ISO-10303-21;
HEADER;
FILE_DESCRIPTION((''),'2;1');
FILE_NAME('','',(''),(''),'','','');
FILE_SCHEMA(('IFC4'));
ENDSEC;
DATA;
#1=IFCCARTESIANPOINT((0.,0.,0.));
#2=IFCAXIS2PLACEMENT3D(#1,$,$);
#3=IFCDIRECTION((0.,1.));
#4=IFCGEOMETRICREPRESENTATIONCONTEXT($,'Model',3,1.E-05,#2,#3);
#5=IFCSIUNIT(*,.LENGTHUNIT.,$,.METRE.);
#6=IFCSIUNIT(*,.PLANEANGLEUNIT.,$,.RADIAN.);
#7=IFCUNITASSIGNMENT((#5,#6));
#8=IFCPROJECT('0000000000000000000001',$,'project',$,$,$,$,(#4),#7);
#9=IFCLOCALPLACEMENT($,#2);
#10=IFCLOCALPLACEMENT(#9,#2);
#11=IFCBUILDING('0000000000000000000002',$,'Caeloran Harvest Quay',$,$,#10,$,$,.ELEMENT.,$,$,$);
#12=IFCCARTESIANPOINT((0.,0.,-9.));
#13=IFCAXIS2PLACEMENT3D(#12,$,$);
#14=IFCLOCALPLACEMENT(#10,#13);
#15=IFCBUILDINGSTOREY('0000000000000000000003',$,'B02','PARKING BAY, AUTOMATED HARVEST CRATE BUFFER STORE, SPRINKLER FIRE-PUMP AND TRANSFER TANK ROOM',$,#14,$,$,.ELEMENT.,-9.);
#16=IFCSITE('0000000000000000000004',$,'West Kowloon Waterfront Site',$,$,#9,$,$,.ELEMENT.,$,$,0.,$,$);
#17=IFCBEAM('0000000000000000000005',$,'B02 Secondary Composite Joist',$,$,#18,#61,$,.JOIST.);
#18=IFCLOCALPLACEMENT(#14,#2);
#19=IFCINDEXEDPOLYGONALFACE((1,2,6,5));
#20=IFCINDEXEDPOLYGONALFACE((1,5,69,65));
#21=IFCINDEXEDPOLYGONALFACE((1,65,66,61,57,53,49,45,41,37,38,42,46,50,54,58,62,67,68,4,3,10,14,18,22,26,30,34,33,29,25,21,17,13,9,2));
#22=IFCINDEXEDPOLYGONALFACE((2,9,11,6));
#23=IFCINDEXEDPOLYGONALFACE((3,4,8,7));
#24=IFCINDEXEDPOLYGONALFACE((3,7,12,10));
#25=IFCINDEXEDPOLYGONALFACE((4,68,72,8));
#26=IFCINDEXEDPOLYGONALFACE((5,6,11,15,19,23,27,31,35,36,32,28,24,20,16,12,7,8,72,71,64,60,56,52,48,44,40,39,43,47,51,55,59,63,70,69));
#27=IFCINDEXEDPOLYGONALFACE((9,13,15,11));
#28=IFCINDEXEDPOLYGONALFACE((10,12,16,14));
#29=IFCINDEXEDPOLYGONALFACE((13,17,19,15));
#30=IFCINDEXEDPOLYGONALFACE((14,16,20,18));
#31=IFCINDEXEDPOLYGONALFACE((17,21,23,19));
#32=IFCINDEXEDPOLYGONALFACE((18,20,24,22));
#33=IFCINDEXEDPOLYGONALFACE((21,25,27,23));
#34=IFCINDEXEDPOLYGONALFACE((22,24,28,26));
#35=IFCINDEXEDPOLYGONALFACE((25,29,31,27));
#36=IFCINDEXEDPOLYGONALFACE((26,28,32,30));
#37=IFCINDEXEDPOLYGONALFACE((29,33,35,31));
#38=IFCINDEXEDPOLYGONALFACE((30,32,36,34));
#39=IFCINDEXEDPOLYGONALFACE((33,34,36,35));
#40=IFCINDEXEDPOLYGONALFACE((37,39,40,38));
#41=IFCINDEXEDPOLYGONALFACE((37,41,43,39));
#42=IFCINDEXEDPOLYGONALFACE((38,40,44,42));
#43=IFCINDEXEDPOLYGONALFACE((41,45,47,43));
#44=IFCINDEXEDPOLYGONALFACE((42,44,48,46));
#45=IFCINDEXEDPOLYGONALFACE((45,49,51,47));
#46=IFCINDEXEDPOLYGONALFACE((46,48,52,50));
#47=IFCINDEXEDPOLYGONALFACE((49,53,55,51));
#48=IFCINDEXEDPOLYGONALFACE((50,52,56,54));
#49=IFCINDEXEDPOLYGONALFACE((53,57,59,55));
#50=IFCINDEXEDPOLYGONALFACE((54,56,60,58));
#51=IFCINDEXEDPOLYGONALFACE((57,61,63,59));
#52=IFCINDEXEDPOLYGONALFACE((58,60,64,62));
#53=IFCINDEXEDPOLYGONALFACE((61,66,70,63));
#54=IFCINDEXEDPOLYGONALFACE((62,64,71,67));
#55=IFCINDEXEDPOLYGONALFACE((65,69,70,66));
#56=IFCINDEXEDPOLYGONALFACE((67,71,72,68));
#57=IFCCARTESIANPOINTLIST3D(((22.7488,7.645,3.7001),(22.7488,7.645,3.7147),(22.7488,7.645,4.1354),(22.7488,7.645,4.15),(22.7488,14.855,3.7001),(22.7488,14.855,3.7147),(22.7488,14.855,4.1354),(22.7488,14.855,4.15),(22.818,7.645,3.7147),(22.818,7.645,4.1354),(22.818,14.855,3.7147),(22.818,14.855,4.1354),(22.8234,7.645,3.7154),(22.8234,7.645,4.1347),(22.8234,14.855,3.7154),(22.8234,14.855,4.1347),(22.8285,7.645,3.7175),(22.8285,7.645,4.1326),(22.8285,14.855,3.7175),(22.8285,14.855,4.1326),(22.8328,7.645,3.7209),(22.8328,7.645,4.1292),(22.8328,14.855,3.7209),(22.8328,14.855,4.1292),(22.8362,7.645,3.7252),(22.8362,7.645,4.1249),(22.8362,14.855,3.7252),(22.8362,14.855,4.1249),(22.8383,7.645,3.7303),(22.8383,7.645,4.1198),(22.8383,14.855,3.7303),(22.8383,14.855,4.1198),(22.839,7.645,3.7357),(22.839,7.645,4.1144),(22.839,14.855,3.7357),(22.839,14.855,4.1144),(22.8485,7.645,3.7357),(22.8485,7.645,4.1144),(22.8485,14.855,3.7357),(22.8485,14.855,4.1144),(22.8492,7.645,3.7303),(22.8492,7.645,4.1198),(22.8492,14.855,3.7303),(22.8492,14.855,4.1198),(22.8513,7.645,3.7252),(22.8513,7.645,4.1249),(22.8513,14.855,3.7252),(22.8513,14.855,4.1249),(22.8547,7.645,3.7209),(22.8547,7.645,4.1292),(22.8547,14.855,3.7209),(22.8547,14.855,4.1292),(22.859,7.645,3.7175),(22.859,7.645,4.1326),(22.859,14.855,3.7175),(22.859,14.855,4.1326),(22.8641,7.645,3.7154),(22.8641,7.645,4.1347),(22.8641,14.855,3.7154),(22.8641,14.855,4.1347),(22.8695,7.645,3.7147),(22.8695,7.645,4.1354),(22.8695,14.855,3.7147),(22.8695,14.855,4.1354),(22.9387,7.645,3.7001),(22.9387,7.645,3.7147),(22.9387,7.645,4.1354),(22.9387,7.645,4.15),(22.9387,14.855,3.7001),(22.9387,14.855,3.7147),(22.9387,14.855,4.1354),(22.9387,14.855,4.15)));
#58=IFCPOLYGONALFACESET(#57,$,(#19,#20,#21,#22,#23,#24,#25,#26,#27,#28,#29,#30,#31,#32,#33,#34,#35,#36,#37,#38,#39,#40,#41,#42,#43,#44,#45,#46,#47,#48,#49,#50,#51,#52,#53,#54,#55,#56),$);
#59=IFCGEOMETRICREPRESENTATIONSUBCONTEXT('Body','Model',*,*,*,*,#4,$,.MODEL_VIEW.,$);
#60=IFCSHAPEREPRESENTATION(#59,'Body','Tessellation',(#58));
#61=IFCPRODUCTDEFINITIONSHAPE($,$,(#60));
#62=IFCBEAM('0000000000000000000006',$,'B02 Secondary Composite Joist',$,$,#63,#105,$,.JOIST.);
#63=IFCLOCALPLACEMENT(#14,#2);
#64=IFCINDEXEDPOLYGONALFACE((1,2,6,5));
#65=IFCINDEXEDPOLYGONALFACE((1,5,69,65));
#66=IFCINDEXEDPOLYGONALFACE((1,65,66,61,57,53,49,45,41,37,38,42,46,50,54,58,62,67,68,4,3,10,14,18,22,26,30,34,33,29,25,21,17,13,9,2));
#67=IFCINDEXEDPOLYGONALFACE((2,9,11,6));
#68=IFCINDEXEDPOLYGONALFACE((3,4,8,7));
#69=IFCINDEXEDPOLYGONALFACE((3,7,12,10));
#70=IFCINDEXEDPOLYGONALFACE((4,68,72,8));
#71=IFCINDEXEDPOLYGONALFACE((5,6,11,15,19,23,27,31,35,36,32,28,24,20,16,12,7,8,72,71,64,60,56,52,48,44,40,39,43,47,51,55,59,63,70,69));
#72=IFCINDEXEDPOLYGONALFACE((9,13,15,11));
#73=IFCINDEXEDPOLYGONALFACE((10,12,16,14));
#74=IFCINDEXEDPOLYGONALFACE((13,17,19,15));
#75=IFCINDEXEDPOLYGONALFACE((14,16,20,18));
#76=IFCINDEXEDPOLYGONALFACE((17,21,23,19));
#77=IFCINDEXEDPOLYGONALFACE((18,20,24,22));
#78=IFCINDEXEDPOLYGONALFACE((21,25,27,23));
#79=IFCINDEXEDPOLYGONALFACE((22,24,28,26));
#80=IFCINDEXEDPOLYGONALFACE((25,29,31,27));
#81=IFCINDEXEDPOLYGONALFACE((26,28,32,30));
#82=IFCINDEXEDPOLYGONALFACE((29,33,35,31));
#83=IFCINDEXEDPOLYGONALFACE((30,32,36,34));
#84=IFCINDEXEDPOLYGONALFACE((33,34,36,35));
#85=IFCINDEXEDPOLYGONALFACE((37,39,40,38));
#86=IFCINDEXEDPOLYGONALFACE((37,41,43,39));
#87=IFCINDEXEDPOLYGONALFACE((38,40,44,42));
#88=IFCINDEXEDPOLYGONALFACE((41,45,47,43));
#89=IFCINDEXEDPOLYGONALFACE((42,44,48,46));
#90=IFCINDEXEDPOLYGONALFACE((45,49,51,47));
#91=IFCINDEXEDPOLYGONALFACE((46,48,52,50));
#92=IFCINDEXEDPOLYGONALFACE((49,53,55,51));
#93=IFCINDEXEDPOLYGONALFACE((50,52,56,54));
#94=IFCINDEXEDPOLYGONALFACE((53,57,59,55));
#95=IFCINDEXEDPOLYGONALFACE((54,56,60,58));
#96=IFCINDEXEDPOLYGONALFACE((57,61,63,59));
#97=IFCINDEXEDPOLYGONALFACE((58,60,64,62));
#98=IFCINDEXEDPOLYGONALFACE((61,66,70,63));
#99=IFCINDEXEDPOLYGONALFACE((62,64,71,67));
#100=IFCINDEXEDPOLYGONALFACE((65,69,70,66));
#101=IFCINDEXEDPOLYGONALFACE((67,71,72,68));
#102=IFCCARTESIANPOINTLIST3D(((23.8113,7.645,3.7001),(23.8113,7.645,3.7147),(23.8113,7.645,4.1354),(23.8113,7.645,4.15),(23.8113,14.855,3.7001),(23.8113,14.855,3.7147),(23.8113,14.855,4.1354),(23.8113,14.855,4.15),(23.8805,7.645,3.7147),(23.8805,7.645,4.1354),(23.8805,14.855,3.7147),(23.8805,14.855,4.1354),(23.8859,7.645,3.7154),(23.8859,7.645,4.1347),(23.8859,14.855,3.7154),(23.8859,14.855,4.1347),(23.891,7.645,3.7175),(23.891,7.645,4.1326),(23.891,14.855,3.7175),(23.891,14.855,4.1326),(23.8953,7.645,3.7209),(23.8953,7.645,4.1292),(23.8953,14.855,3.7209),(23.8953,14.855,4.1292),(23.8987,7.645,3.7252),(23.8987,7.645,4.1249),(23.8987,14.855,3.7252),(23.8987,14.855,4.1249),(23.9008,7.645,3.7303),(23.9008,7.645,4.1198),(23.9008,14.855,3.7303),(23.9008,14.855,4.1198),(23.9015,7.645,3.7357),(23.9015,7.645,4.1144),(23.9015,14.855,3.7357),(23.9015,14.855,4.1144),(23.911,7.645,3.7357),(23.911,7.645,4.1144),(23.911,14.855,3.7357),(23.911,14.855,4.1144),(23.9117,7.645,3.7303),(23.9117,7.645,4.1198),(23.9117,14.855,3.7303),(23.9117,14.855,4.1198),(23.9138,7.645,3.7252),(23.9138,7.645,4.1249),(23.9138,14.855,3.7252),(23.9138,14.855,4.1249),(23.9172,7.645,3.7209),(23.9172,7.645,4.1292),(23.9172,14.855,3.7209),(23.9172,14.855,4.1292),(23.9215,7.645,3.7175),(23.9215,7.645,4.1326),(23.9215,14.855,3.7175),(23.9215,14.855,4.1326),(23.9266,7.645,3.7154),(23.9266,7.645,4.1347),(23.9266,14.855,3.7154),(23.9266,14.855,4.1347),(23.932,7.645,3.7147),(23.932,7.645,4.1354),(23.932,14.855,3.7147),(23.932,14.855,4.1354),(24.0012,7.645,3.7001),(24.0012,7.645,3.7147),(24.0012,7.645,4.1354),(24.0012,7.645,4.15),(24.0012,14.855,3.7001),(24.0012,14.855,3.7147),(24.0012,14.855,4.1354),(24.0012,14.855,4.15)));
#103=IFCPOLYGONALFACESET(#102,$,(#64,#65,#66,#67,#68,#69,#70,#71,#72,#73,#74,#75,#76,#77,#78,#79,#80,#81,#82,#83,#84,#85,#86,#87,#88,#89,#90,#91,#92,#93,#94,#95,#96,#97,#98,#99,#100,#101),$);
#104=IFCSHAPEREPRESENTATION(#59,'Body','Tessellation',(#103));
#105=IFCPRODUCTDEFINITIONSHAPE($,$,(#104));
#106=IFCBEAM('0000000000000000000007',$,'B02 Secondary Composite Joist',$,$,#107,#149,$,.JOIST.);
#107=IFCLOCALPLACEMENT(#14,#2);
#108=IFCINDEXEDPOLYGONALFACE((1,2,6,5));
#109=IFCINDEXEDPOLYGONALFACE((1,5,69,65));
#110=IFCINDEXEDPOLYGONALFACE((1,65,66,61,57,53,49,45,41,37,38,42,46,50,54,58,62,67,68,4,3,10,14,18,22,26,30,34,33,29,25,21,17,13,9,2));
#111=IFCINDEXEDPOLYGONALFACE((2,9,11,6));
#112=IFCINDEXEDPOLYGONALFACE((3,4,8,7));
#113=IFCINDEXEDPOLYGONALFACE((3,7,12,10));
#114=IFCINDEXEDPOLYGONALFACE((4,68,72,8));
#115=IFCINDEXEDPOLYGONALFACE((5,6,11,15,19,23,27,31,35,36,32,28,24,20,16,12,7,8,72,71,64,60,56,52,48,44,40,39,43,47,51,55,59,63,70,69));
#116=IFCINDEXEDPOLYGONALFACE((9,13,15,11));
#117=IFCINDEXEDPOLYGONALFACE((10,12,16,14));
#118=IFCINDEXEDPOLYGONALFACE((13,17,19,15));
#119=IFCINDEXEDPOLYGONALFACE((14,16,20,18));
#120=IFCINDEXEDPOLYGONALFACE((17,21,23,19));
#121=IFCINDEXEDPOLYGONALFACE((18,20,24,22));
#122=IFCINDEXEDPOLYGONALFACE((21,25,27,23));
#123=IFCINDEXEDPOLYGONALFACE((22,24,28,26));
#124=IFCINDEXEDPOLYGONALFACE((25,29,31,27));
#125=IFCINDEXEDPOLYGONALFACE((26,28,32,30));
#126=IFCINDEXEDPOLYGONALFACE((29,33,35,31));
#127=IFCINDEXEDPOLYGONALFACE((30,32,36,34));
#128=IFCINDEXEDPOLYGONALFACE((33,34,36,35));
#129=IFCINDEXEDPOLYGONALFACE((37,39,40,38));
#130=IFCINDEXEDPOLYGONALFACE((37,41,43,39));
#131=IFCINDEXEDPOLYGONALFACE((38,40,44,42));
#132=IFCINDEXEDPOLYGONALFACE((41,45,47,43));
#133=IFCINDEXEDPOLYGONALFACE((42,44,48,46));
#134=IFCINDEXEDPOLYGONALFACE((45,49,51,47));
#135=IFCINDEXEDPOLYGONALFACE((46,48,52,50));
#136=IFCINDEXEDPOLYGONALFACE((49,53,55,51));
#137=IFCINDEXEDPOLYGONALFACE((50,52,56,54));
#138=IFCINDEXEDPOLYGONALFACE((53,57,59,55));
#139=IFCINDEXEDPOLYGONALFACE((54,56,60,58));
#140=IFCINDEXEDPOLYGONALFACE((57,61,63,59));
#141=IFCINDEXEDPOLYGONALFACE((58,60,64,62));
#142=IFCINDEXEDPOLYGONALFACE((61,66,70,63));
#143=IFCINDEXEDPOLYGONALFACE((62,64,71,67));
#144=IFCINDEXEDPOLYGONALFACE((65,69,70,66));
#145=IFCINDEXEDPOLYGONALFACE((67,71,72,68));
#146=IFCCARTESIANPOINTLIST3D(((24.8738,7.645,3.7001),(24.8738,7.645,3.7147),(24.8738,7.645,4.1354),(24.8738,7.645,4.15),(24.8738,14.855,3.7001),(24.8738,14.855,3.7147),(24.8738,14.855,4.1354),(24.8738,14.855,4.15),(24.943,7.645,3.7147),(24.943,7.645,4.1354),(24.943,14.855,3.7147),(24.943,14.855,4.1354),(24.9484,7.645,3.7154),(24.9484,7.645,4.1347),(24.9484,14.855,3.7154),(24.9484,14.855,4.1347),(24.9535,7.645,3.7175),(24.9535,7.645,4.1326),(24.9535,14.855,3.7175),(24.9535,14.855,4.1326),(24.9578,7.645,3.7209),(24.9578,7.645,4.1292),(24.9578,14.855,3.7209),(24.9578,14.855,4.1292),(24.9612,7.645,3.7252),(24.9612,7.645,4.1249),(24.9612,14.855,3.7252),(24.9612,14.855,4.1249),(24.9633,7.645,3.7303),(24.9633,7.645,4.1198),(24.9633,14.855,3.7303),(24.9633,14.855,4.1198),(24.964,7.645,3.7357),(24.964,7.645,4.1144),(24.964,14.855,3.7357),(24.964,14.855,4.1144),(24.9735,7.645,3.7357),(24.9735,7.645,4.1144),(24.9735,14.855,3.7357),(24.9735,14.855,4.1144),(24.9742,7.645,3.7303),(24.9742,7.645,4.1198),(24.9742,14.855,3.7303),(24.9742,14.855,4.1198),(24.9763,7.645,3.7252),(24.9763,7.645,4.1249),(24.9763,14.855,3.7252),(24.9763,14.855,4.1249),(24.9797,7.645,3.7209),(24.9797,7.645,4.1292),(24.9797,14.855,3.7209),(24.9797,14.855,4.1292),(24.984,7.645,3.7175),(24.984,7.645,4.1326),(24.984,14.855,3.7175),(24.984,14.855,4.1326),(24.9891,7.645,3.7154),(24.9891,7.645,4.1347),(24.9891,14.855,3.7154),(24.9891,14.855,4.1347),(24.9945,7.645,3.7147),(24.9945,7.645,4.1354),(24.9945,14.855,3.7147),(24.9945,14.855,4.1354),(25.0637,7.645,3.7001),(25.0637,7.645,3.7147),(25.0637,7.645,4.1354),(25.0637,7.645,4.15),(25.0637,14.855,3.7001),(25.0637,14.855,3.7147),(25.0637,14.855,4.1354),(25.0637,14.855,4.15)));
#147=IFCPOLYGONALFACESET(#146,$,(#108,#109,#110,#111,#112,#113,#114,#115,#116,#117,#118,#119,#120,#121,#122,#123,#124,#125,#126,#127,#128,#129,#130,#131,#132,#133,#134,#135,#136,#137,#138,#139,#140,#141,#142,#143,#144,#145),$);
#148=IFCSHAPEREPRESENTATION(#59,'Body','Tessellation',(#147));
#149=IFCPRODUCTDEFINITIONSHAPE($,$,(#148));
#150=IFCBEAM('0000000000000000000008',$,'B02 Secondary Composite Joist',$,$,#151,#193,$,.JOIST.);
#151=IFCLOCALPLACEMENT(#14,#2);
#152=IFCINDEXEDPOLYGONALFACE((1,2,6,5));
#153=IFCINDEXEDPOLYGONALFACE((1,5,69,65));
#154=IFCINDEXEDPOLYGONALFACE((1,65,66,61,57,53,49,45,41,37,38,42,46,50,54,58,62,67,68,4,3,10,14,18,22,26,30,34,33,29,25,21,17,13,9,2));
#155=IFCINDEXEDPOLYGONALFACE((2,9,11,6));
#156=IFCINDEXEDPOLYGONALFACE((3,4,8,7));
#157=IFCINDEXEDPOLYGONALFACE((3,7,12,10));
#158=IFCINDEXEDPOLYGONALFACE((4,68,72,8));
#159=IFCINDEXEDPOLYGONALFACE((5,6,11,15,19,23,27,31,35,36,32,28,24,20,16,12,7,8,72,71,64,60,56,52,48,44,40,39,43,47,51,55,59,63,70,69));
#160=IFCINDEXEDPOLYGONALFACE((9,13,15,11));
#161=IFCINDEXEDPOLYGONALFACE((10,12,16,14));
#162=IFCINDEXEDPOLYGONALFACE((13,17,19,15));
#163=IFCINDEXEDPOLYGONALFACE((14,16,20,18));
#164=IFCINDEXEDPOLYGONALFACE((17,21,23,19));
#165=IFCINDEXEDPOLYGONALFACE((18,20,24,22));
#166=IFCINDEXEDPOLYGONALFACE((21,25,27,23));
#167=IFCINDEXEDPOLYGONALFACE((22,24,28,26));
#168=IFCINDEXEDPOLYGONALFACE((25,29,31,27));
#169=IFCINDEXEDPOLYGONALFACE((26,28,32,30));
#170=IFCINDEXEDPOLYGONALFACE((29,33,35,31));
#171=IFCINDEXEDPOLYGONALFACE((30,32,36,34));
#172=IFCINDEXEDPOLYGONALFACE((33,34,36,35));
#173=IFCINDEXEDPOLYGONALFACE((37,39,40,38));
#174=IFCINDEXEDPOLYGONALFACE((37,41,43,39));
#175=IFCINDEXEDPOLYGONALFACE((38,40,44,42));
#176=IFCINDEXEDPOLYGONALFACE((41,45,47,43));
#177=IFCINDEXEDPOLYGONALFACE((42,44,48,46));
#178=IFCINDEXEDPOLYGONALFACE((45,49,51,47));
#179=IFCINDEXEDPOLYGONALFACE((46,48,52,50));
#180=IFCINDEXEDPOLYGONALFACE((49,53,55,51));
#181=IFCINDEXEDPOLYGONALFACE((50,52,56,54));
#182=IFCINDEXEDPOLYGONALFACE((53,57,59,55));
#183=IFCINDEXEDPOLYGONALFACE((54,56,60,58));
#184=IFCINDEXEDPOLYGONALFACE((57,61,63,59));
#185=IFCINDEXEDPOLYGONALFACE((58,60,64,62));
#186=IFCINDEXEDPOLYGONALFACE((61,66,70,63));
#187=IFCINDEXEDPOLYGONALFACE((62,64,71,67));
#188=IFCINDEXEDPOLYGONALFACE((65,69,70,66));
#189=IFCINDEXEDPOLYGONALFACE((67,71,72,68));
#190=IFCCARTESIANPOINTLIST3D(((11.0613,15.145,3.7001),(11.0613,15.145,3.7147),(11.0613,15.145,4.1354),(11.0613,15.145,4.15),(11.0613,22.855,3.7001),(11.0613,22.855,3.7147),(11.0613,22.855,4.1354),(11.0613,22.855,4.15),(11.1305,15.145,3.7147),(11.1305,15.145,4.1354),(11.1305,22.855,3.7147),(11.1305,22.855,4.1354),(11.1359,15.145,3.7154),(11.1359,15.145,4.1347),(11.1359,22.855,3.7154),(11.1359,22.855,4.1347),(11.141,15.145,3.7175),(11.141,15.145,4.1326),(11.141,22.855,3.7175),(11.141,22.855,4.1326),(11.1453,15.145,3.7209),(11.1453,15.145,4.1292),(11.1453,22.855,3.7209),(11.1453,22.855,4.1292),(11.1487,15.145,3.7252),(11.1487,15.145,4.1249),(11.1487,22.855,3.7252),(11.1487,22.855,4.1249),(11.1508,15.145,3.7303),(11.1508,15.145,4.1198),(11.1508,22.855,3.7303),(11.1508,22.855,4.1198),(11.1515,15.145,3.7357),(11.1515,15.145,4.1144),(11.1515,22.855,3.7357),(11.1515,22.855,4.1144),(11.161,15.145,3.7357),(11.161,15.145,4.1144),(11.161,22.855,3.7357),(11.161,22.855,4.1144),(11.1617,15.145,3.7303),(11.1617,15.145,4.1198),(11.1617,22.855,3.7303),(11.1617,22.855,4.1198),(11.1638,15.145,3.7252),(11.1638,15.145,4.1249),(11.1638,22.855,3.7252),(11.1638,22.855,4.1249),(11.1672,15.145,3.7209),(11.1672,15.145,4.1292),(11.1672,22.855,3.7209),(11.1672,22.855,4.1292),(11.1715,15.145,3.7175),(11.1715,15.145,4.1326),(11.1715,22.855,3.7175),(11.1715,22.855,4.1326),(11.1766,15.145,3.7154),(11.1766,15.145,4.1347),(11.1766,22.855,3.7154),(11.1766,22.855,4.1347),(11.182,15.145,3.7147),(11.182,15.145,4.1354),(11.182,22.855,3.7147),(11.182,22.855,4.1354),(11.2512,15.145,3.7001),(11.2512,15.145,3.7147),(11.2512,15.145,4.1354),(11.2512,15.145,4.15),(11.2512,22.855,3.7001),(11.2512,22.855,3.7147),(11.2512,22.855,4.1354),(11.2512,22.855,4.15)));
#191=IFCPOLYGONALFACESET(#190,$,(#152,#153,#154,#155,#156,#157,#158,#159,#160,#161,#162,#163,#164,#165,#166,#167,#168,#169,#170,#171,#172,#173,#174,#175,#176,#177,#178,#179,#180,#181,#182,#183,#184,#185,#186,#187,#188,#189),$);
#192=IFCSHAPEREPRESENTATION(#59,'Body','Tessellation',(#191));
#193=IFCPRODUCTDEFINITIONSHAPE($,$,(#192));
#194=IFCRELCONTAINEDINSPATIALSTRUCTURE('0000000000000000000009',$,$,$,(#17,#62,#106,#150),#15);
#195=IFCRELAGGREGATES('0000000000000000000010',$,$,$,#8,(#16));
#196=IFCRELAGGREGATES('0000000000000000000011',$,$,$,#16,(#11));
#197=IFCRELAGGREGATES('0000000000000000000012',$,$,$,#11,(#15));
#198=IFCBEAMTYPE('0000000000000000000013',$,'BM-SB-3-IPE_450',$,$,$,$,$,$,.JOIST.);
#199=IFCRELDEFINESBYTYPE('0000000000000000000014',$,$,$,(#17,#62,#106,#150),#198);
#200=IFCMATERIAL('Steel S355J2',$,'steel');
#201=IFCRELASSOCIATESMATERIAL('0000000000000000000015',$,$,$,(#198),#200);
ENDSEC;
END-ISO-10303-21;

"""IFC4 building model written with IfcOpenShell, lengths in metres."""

from ifc_helpers import new_model, si_unit, direction, frame, origin, origin_2d, place, context, subcontext, project, spatial, i_section, extrude, material, material_profile, profile_set, type_object, element, save


model = new_model("IFC4")

# Units and contexts
model_context = context("Model", 3, precision=1e-05, world=origin(), true_north=direction((0.0, 1.0)))
body_context = subcontext(model_context, "Body", "Model", "MODEL_VIEW")
ifc_project = project(units=[si_unit("LENGTHUNIT", "METRE"), si_unit("PLANEANGLEUNIT", "RADIAN")], contexts=[model_context])

# Site, building, storey
site_placement = place(None, origin())
site = spatial("IfcSite", under=ifc_project, at=site_placement, Name="West Kowloon Waterfront Site", CompositionType="ELEMENT", RefElevation=0.0)
building_placement = place(site_placement, origin())
building = spatial("IfcBuilding", under=site, at=building_placement, Name="Caeloran Harvest Quay", CompositionType="ELEMENT")
storey_placement = place(building_placement, frame((0.0, 0.0, -9.0)))
storey = spatial("IfcBuildingStorey", under=building, at=storey_placement, Name="B02", Description="PARKING BAY, AUTOMATED HARVEST CRATE BUFFER STORE, SPRINKLER FIRE-PUMP AND TRANSFER TANK ROOM", CompositionType="ELEMENT", Elevation=-9.0)

# Beams
ifc_material_1 = material(Name="Steel S355J2", Category="steel")
ifc_material_profile_1 = material_profile(ifc_material_1, i_section(OverallWidth=0.1899, OverallDepth=0.45, WebThickness=0.0095, FlangeThickness=0.0146, FilletRadius=0.021, at=origin_2d()), Name="IPE 450")
ifc_profile_set_1 = profile_set([ifc_material_profile_1], Name="Steel S355J2")
beam_type_1 = type_object("IfcBeamType", Name="BM-SB-3-IPE_450", PredefinedType="JOIST", material=ifc_profile_set_1)
for number, where, z_axis, x_axis, name in (
    (1, (22.8438, 7.645, 3.925), (0.0, 1.0, 0.0), (-1.0, 0.0, 0.0), "B02 Secondary Composite Joist"),
    (2, (23.9062, 7.645, 3.925), (0.0, 1.0, 0.0), (-1.0, 0.0, 0.0), "B02 Secondary Composite Joist"),
    (3, (24.9688, 7.645, 3.925), (0.0, 1.0, 0.0), (-1.0, 0.0, 0.0), "B02 Secondary Composite Joist"),
):
    element("IfcBeam", number, at=place(storey_placement, frame(where, z_axis=z_axis, x_axis=x_axis)), inside=storey, type_object=beam_type_1, Name=name, PredefinedType="JOIST", context=body_context, shape_type="SweptSolid", body=[
        extrude(i_section(OverallWidth=0.1899, OverallDepth=0.45, WebThickness=0.0095, FlangeThickness=0.0146, FilletRadius=0.021, at=origin_2d()), origin(), (0.0, 0.0, 1.0), 7.21),
    ])
for number, where, z_axis, x_axis, name in (
    (4, (11.1562, 15.145, 3.925), (0.0, 1.0, 0.0), (-1.0, 0.0, 0.0), "B02 Secondary Composite Joist"),
):
    element("IfcBeam", number, at=place(storey_placement, frame(where, z_axis=z_axis, x_axis=x_axis)), inside=storey, type_object=beam_type_1, Name=name, PredefinedType="JOIST", context=body_context, shape_type="SweptSolid", body=[
        extrude(i_section(OverallWidth=0.1899, OverallDepth=0.45, WebThickness=0.0095, FlangeThickness=0.0146, FilletRadius=0.021, at=origin_2d()), origin(), (0.0, 0.0, 1.0), 7.71),
    ])

save(model, "model.ifc")
